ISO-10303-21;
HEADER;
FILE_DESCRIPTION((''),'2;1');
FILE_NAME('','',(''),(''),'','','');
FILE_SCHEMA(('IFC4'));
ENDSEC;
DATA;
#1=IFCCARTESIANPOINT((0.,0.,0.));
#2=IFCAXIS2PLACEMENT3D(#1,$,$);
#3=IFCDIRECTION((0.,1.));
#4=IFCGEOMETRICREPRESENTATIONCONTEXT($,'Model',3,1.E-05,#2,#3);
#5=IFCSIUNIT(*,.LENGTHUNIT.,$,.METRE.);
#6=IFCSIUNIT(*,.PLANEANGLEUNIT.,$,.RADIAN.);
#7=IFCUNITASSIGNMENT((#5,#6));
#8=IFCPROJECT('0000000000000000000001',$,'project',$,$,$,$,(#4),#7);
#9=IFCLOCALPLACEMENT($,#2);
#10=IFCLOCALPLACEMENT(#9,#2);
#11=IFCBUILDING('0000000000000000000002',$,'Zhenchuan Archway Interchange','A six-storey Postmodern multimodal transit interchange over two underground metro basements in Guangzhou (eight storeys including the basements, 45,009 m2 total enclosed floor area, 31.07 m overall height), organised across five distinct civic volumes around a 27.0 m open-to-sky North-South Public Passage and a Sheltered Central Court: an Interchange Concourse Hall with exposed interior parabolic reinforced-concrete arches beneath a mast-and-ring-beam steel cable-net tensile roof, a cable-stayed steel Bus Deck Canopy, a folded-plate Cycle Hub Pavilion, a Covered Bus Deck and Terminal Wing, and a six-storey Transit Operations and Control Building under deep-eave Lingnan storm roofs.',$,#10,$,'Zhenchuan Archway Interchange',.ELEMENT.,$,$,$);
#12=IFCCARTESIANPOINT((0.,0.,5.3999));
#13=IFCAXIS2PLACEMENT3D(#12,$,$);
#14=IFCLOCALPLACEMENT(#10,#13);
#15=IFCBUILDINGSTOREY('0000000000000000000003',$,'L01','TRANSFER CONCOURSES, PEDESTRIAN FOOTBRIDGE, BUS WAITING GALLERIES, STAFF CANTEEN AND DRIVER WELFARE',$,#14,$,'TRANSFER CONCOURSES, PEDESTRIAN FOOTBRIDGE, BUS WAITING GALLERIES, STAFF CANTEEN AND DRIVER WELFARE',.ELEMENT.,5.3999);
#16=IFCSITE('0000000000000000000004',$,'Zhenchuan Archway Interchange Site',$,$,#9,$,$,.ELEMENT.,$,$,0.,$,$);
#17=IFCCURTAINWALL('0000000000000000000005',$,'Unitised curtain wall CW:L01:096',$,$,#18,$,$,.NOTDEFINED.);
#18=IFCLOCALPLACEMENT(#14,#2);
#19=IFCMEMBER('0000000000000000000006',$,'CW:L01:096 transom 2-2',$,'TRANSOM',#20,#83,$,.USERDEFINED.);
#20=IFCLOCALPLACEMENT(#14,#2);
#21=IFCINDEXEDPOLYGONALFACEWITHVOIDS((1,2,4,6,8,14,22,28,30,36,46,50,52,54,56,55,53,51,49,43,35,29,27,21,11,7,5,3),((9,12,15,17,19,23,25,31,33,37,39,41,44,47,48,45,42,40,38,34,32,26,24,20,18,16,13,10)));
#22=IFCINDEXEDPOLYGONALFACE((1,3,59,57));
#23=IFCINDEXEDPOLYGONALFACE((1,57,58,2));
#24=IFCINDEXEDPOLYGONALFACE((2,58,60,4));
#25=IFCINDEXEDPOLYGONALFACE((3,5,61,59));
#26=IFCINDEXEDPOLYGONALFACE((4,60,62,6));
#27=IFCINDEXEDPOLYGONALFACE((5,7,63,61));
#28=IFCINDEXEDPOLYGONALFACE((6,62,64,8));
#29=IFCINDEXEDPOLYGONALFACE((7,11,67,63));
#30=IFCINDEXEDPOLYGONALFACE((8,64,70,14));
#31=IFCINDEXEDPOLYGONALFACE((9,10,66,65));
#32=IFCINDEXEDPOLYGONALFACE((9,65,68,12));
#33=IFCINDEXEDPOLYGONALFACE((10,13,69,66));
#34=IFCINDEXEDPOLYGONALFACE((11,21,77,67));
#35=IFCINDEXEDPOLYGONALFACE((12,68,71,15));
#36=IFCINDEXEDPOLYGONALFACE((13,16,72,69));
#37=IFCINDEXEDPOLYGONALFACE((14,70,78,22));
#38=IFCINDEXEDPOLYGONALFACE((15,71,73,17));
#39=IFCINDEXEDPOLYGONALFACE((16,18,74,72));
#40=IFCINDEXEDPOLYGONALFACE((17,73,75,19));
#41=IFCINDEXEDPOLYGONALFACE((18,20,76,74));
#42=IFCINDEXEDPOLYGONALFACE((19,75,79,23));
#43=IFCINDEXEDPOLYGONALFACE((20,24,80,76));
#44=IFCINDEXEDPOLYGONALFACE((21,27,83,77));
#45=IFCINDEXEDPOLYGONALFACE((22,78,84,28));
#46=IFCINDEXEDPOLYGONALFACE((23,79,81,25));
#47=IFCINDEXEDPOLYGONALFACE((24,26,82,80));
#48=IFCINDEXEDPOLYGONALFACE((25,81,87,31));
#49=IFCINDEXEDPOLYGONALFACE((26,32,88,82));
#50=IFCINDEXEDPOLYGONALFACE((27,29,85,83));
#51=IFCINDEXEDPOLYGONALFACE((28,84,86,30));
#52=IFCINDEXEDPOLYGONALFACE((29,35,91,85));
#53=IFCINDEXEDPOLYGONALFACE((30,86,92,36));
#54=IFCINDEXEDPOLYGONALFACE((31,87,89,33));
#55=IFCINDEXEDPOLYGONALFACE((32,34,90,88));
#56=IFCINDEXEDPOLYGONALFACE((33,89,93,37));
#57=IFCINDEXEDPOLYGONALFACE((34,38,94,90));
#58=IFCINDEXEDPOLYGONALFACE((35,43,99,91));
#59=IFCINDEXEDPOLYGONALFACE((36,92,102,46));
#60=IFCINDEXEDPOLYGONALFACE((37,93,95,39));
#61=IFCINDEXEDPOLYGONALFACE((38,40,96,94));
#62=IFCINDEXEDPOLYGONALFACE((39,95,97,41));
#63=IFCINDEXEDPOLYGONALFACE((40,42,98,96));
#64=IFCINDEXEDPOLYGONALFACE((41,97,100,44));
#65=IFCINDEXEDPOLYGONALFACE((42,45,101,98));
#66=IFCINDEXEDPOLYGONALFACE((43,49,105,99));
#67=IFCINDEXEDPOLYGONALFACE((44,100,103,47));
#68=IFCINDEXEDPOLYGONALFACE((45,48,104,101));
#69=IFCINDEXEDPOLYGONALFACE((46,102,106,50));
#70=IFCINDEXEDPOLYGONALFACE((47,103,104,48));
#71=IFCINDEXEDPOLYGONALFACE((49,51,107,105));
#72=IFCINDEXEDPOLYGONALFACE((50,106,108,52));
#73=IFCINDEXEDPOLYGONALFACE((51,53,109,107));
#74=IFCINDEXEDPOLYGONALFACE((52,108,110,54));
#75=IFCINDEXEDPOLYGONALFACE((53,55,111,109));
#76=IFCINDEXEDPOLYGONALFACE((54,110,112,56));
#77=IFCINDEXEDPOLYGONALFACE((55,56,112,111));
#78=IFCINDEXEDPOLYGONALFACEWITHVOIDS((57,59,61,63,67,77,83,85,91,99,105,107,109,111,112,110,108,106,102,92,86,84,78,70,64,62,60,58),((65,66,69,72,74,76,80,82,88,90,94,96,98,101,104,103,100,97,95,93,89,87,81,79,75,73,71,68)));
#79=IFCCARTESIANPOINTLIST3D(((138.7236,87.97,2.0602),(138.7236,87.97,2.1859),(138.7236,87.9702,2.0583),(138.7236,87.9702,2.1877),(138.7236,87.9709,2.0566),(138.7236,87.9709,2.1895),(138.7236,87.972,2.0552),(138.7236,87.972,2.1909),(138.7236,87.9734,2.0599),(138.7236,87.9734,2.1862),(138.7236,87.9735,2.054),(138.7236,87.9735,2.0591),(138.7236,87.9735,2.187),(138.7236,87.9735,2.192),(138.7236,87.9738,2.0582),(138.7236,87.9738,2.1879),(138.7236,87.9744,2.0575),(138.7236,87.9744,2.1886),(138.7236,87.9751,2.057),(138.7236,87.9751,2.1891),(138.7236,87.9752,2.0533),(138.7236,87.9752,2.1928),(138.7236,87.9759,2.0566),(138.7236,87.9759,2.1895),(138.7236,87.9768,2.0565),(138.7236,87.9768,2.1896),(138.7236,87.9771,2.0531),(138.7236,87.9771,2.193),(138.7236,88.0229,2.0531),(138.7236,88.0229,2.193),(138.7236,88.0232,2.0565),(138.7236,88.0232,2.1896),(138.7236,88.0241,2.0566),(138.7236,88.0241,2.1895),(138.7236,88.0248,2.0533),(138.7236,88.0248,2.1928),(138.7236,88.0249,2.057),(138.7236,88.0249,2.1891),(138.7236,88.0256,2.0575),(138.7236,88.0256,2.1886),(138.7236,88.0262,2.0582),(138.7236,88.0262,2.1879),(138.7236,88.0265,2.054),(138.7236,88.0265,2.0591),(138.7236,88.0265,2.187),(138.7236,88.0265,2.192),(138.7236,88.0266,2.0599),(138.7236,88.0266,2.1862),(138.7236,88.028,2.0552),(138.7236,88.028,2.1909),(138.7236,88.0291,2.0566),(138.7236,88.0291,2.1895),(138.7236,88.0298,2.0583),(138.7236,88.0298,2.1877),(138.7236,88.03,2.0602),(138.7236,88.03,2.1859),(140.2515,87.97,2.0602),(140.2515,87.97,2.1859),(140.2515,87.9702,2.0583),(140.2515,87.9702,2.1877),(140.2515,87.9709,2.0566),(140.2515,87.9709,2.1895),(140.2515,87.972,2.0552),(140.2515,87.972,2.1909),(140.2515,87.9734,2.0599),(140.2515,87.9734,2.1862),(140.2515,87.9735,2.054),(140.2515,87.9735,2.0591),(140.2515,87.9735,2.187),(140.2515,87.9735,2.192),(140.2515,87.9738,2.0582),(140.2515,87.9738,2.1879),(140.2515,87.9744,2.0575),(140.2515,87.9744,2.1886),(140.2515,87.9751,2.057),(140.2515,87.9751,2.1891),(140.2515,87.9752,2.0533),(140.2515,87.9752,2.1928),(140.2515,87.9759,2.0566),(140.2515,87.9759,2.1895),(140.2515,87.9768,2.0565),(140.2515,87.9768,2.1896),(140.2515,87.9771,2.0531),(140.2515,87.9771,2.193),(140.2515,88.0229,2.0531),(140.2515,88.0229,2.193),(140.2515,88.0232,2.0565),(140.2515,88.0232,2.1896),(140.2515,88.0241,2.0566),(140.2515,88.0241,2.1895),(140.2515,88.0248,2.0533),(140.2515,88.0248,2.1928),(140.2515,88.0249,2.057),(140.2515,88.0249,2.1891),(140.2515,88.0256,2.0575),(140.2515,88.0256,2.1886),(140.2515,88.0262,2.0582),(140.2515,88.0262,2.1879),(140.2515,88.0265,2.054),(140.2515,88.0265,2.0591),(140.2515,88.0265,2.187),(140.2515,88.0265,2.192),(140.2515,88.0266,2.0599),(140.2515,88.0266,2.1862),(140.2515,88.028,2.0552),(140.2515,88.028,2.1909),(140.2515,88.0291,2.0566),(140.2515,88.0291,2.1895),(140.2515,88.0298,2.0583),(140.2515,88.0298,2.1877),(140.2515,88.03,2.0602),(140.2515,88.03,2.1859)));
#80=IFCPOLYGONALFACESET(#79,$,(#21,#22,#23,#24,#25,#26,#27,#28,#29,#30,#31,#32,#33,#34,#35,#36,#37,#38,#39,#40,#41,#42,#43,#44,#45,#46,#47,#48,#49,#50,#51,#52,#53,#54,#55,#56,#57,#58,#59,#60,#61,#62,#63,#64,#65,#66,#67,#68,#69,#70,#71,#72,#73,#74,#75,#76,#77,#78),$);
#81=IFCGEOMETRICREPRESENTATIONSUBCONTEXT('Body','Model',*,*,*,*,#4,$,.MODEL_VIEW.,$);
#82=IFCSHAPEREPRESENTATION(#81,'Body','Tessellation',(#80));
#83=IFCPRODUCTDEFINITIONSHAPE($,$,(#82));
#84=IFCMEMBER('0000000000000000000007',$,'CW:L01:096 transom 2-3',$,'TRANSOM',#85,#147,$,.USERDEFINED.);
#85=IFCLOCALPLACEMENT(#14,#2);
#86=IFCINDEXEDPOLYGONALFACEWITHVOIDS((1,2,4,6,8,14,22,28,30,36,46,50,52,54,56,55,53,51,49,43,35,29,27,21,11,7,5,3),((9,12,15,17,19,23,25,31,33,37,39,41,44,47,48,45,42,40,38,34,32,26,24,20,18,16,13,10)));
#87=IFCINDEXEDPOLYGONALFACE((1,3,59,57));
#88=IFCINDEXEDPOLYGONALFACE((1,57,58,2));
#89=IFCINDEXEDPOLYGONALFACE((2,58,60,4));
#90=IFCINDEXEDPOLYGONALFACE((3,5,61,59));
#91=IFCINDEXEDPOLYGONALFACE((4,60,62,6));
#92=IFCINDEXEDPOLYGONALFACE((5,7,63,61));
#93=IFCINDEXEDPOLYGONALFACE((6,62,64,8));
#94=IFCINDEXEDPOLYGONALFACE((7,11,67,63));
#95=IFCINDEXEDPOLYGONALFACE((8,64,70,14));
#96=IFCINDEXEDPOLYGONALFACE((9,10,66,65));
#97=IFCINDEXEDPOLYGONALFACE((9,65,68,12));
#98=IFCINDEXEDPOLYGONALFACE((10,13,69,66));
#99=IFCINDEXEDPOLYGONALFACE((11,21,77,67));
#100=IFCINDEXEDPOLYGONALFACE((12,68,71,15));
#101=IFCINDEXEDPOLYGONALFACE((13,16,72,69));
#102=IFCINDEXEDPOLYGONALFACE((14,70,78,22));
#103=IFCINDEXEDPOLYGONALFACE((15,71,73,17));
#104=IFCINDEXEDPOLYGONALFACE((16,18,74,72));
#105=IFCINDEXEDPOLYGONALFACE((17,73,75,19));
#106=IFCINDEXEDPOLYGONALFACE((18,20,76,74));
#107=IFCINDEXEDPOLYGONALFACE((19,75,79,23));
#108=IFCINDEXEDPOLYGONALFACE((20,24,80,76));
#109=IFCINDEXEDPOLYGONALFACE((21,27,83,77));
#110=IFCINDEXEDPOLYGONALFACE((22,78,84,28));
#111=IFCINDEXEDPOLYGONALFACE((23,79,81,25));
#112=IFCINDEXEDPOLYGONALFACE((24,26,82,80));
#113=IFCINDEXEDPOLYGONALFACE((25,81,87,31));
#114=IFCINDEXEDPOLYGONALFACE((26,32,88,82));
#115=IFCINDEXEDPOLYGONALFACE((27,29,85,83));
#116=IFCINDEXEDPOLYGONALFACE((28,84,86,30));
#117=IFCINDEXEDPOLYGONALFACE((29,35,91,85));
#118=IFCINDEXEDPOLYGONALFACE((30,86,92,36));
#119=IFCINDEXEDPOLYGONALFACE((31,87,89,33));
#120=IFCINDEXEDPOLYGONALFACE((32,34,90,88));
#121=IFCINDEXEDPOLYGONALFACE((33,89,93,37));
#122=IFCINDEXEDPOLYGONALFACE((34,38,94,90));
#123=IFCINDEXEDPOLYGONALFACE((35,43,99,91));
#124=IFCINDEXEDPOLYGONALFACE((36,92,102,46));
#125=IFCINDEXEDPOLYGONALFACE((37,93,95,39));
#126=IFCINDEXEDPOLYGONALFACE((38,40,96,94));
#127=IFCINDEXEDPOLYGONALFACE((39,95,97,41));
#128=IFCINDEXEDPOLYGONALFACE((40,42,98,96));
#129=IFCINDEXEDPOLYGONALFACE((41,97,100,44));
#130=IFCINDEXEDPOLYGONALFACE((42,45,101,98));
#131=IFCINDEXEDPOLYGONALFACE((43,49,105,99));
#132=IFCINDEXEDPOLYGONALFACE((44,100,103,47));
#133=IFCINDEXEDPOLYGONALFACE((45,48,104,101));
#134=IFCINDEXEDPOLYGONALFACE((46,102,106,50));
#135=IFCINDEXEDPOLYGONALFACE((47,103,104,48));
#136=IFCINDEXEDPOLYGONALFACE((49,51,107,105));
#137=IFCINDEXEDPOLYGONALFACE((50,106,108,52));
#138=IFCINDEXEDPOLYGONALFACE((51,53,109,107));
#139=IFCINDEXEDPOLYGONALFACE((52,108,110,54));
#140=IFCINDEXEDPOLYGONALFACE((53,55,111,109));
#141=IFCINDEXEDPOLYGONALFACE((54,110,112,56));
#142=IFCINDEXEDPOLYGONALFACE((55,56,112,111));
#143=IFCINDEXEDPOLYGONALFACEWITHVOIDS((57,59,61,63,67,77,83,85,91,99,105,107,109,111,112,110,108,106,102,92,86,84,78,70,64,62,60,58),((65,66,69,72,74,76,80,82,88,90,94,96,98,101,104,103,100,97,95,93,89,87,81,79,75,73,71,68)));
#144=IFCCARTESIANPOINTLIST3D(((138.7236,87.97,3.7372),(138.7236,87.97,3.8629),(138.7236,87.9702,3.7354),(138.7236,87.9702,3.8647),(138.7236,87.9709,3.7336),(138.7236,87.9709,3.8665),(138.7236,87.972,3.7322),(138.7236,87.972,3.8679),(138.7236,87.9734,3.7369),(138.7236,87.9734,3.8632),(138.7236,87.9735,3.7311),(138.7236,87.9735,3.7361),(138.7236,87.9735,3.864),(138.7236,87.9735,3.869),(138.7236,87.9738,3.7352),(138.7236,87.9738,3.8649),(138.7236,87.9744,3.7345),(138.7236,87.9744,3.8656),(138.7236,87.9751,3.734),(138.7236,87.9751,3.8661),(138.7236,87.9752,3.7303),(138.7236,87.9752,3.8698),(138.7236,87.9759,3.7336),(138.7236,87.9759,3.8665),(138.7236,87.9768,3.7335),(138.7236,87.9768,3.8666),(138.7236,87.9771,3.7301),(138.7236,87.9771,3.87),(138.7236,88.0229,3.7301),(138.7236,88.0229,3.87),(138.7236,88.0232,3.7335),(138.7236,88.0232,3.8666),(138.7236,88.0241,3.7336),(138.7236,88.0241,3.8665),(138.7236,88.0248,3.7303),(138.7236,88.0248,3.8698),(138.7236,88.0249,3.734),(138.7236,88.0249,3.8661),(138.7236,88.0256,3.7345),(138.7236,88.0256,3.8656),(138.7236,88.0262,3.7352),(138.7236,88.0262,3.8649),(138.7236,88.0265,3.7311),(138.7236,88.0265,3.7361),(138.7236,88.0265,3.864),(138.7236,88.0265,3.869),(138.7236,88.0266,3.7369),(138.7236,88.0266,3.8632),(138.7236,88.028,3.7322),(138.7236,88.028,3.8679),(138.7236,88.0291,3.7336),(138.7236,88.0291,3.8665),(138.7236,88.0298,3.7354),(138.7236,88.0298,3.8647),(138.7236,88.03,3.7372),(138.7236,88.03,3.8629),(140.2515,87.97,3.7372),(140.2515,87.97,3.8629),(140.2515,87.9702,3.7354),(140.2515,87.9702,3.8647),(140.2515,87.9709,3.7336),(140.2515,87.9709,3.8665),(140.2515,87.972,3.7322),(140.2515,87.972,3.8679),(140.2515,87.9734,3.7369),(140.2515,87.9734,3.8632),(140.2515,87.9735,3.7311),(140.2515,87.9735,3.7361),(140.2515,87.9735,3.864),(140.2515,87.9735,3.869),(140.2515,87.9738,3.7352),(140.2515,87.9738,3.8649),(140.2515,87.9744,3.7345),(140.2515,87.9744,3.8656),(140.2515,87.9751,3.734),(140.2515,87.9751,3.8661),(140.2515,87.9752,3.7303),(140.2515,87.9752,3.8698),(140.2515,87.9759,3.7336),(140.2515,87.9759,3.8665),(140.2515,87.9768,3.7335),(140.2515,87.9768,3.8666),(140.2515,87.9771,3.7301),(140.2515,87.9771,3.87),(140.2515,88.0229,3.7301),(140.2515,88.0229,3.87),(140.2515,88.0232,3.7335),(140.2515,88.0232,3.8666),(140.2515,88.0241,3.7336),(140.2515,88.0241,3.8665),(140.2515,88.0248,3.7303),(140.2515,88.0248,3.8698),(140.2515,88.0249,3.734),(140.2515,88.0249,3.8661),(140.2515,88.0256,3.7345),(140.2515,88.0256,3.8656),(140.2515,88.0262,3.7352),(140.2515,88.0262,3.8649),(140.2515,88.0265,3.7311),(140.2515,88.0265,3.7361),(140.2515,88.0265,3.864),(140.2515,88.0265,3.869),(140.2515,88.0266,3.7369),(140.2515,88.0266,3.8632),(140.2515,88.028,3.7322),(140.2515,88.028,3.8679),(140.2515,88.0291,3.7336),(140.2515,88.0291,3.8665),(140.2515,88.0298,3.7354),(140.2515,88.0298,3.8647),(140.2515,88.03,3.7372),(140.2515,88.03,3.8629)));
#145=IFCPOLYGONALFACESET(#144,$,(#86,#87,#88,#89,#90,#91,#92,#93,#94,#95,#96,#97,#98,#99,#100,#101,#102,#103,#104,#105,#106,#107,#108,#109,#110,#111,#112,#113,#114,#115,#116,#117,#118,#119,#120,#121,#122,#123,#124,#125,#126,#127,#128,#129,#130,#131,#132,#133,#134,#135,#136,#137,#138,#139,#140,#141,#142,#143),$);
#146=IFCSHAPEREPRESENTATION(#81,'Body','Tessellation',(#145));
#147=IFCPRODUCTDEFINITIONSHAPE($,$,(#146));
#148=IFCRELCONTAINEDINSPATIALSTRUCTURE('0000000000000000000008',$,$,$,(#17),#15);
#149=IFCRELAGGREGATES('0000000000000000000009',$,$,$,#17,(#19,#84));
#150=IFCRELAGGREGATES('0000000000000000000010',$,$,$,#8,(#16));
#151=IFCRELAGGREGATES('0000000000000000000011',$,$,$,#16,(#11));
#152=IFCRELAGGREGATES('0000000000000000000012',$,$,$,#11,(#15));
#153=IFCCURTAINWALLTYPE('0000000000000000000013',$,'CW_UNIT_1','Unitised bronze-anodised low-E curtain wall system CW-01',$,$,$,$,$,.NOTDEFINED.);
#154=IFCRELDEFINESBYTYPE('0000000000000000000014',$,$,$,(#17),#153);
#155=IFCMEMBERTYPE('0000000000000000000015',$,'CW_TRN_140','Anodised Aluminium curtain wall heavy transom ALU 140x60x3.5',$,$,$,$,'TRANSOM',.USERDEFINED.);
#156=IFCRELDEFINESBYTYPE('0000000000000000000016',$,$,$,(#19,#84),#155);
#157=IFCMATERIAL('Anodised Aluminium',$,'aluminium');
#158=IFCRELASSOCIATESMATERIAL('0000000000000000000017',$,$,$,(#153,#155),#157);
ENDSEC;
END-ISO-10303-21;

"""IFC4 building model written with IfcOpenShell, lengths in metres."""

from ifc_helpers import new_model, si_unit, direction, frame, origin, origin_2d, place, context, subcontext, project, spatial, hollow_rectangle, extrude, material, material_profile, profile_set, type_object, element, aggregate, save


model = new_model("IFC4")

# Units and contexts
model_context = context("Model", 3, precision=1e-05, world=origin(), true_north=direction((0.0, 1.0)))
body_context = subcontext(model_context, "Body", "Model", "MODEL_VIEW")
ifc_project = project(units=[si_unit("LENGTHUNIT", "METRE"), si_unit("PLANEANGLEUNIT", "RADIAN")], contexts=[model_context])

# Site, building, storey
site_placement = place(None, origin())
site = spatial("IfcSite", under=ifc_project, at=site_placement, Name="Zhenchuan Archway Interchange Site", CompositionType="ELEMENT", RefElevation=0.0)
building_placement = place(site_placement, origin())
building = spatial("IfcBuilding", under=site, at=building_placement, Name="Zhenchuan Archway Interchange", Description="A six-storey Postmodern multimodal transit interchange over two underground metro basements in Guangzhou (eight storeys including the basements, 45,009 m2 total enclosed floor area, 31.07 m overall height), organised across five distinct civic volumes around a 27.0 m open-to-sky North-South Public Passage and a Sheltered Central Court: an Interchange Concourse Hall with exposed interior parabolic reinforced-concrete arches beneath a mast-and-ring-beam steel cable-net tensile roof, a cable-stayed steel Bus Deck Canopy, a folded-plate Cycle Hub Pavilion, a Covered Bus Deck and Terminal Wing, and a six-storey Transit Operations and Control Building under deep-eave Lingnan storm roofs.", LongName="Zhenchuan Archway Interchange", CompositionType="ELEMENT")
storey_placement = place(building_placement, frame((0.0, 0.0, 5.3999)))
storey = spatial("IfcBuildingStorey", under=building, at=storey_placement, Name="L01", Description="TRANSFER CONCOURSES, PEDESTRIAN FOOTBRIDGE, BUS WAITING GALLERIES, STAFF CANTEEN AND DRIVER WELFARE", LongName="TRANSFER CONCOURSES, PEDESTRIAN FOOTBRIDGE, BUS WAITING GALLERIES, STAFF CANTEEN AND DRIVER WELFARE", CompositionType="ELEMENT", Elevation=5.3999)

# Curtain wall, members
ifc_material_1 = material(Name="Anodised Aluminium", Category="aluminium")
curtain_wall_type = type_object("IfcCurtainWallType", Name="CW_UNIT_1", Description="Unitised bronze-anodised low-E curtain wall system CW-01", PredefinedType="NOTDEFINED", material=ifc_material_1)
curtain_wall_placement = place(storey_placement, origin())
curtain_wall = element("IfcCurtainWall", 1, at=curtain_wall_placement, inside=storey, type_object=curtain_wall_type, Name="Unitised curtain wall CW:L01:096", PredefinedType="NOTDEFINED")
ifc_material_profile_1 = material_profile(ifc_material_1, hollow_rectangle(XDim=0.0601, YDim=0.1399, WallThickness=0.0034, InnerFilletRadius=0.0034, OuterFilletRadius=0.0071, at=origin_2d()), Name="ALU 140x60x3.5")
ifc_profile_set_1 = profile_set([ifc_material_profile_1], Name="Anodised Aluminium")
member_type_1 = type_object("IfcMemberType", Name="CW_TRN_140", Description="Anodised Aluminium curtain wall heavy transom ALU 140x60x3.5", ElementType="TRANSOM", PredefinedType="USERDEFINED", material=ifc_profile_set_1)
member_1_placement = place(storey_placement, frame((140.2515, 88.0, 2.123), z_axis=(-1.0, 0.0, 0.0), x_axis=(0.0, -1.0, 0.0)))
member_1 = element("IfcMember", 2, at=member_1_placement, type_object=member_type_1, Name="CW:L01:096 transom 2-2", ObjectType="TRANSOM", PredefinedType="USERDEFINED", context=body_context, shape_type="SweptSolid", body=[
    extrude(hollow_rectangle(XDim=0.0601, YDim=0.1399, WallThickness=0.0034, InnerFilletRadius=0.0034, OuterFilletRadius=0.0071, at=origin_2d()), origin(), (0.0, 0.0, 1.0), 1.5278),
])
member_2_placement = place(storey_placement, frame((140.2515, 88.0, 3.8), z_axis=(-1.0, 0.0, 0.0), x_axis=(0.0, -1.0, 0.0)))
member_2 = element("IfcMember", 3, at=member_2_placement, type_object=member_type_1, Name="CW:L01:096 transom 2-3", ObjectType="TRANSOM", PredefinedType="USERDEFINED", context=body_context, shape_type="SweptSolid", body=[
    extrude(hollow_rectangle(XDim=0.0601, YDim=0.1399, WallThickness=0.0034, InnerFilletRadius=0.0034, OuterFilletRadius=0.0071, at=origin_2d()), origin(), (0.0, 0.0, 1.0), 1.5278),
])

aggregate(curtain_wall, [member_1, member_2])

save(model, "model.ifc")
